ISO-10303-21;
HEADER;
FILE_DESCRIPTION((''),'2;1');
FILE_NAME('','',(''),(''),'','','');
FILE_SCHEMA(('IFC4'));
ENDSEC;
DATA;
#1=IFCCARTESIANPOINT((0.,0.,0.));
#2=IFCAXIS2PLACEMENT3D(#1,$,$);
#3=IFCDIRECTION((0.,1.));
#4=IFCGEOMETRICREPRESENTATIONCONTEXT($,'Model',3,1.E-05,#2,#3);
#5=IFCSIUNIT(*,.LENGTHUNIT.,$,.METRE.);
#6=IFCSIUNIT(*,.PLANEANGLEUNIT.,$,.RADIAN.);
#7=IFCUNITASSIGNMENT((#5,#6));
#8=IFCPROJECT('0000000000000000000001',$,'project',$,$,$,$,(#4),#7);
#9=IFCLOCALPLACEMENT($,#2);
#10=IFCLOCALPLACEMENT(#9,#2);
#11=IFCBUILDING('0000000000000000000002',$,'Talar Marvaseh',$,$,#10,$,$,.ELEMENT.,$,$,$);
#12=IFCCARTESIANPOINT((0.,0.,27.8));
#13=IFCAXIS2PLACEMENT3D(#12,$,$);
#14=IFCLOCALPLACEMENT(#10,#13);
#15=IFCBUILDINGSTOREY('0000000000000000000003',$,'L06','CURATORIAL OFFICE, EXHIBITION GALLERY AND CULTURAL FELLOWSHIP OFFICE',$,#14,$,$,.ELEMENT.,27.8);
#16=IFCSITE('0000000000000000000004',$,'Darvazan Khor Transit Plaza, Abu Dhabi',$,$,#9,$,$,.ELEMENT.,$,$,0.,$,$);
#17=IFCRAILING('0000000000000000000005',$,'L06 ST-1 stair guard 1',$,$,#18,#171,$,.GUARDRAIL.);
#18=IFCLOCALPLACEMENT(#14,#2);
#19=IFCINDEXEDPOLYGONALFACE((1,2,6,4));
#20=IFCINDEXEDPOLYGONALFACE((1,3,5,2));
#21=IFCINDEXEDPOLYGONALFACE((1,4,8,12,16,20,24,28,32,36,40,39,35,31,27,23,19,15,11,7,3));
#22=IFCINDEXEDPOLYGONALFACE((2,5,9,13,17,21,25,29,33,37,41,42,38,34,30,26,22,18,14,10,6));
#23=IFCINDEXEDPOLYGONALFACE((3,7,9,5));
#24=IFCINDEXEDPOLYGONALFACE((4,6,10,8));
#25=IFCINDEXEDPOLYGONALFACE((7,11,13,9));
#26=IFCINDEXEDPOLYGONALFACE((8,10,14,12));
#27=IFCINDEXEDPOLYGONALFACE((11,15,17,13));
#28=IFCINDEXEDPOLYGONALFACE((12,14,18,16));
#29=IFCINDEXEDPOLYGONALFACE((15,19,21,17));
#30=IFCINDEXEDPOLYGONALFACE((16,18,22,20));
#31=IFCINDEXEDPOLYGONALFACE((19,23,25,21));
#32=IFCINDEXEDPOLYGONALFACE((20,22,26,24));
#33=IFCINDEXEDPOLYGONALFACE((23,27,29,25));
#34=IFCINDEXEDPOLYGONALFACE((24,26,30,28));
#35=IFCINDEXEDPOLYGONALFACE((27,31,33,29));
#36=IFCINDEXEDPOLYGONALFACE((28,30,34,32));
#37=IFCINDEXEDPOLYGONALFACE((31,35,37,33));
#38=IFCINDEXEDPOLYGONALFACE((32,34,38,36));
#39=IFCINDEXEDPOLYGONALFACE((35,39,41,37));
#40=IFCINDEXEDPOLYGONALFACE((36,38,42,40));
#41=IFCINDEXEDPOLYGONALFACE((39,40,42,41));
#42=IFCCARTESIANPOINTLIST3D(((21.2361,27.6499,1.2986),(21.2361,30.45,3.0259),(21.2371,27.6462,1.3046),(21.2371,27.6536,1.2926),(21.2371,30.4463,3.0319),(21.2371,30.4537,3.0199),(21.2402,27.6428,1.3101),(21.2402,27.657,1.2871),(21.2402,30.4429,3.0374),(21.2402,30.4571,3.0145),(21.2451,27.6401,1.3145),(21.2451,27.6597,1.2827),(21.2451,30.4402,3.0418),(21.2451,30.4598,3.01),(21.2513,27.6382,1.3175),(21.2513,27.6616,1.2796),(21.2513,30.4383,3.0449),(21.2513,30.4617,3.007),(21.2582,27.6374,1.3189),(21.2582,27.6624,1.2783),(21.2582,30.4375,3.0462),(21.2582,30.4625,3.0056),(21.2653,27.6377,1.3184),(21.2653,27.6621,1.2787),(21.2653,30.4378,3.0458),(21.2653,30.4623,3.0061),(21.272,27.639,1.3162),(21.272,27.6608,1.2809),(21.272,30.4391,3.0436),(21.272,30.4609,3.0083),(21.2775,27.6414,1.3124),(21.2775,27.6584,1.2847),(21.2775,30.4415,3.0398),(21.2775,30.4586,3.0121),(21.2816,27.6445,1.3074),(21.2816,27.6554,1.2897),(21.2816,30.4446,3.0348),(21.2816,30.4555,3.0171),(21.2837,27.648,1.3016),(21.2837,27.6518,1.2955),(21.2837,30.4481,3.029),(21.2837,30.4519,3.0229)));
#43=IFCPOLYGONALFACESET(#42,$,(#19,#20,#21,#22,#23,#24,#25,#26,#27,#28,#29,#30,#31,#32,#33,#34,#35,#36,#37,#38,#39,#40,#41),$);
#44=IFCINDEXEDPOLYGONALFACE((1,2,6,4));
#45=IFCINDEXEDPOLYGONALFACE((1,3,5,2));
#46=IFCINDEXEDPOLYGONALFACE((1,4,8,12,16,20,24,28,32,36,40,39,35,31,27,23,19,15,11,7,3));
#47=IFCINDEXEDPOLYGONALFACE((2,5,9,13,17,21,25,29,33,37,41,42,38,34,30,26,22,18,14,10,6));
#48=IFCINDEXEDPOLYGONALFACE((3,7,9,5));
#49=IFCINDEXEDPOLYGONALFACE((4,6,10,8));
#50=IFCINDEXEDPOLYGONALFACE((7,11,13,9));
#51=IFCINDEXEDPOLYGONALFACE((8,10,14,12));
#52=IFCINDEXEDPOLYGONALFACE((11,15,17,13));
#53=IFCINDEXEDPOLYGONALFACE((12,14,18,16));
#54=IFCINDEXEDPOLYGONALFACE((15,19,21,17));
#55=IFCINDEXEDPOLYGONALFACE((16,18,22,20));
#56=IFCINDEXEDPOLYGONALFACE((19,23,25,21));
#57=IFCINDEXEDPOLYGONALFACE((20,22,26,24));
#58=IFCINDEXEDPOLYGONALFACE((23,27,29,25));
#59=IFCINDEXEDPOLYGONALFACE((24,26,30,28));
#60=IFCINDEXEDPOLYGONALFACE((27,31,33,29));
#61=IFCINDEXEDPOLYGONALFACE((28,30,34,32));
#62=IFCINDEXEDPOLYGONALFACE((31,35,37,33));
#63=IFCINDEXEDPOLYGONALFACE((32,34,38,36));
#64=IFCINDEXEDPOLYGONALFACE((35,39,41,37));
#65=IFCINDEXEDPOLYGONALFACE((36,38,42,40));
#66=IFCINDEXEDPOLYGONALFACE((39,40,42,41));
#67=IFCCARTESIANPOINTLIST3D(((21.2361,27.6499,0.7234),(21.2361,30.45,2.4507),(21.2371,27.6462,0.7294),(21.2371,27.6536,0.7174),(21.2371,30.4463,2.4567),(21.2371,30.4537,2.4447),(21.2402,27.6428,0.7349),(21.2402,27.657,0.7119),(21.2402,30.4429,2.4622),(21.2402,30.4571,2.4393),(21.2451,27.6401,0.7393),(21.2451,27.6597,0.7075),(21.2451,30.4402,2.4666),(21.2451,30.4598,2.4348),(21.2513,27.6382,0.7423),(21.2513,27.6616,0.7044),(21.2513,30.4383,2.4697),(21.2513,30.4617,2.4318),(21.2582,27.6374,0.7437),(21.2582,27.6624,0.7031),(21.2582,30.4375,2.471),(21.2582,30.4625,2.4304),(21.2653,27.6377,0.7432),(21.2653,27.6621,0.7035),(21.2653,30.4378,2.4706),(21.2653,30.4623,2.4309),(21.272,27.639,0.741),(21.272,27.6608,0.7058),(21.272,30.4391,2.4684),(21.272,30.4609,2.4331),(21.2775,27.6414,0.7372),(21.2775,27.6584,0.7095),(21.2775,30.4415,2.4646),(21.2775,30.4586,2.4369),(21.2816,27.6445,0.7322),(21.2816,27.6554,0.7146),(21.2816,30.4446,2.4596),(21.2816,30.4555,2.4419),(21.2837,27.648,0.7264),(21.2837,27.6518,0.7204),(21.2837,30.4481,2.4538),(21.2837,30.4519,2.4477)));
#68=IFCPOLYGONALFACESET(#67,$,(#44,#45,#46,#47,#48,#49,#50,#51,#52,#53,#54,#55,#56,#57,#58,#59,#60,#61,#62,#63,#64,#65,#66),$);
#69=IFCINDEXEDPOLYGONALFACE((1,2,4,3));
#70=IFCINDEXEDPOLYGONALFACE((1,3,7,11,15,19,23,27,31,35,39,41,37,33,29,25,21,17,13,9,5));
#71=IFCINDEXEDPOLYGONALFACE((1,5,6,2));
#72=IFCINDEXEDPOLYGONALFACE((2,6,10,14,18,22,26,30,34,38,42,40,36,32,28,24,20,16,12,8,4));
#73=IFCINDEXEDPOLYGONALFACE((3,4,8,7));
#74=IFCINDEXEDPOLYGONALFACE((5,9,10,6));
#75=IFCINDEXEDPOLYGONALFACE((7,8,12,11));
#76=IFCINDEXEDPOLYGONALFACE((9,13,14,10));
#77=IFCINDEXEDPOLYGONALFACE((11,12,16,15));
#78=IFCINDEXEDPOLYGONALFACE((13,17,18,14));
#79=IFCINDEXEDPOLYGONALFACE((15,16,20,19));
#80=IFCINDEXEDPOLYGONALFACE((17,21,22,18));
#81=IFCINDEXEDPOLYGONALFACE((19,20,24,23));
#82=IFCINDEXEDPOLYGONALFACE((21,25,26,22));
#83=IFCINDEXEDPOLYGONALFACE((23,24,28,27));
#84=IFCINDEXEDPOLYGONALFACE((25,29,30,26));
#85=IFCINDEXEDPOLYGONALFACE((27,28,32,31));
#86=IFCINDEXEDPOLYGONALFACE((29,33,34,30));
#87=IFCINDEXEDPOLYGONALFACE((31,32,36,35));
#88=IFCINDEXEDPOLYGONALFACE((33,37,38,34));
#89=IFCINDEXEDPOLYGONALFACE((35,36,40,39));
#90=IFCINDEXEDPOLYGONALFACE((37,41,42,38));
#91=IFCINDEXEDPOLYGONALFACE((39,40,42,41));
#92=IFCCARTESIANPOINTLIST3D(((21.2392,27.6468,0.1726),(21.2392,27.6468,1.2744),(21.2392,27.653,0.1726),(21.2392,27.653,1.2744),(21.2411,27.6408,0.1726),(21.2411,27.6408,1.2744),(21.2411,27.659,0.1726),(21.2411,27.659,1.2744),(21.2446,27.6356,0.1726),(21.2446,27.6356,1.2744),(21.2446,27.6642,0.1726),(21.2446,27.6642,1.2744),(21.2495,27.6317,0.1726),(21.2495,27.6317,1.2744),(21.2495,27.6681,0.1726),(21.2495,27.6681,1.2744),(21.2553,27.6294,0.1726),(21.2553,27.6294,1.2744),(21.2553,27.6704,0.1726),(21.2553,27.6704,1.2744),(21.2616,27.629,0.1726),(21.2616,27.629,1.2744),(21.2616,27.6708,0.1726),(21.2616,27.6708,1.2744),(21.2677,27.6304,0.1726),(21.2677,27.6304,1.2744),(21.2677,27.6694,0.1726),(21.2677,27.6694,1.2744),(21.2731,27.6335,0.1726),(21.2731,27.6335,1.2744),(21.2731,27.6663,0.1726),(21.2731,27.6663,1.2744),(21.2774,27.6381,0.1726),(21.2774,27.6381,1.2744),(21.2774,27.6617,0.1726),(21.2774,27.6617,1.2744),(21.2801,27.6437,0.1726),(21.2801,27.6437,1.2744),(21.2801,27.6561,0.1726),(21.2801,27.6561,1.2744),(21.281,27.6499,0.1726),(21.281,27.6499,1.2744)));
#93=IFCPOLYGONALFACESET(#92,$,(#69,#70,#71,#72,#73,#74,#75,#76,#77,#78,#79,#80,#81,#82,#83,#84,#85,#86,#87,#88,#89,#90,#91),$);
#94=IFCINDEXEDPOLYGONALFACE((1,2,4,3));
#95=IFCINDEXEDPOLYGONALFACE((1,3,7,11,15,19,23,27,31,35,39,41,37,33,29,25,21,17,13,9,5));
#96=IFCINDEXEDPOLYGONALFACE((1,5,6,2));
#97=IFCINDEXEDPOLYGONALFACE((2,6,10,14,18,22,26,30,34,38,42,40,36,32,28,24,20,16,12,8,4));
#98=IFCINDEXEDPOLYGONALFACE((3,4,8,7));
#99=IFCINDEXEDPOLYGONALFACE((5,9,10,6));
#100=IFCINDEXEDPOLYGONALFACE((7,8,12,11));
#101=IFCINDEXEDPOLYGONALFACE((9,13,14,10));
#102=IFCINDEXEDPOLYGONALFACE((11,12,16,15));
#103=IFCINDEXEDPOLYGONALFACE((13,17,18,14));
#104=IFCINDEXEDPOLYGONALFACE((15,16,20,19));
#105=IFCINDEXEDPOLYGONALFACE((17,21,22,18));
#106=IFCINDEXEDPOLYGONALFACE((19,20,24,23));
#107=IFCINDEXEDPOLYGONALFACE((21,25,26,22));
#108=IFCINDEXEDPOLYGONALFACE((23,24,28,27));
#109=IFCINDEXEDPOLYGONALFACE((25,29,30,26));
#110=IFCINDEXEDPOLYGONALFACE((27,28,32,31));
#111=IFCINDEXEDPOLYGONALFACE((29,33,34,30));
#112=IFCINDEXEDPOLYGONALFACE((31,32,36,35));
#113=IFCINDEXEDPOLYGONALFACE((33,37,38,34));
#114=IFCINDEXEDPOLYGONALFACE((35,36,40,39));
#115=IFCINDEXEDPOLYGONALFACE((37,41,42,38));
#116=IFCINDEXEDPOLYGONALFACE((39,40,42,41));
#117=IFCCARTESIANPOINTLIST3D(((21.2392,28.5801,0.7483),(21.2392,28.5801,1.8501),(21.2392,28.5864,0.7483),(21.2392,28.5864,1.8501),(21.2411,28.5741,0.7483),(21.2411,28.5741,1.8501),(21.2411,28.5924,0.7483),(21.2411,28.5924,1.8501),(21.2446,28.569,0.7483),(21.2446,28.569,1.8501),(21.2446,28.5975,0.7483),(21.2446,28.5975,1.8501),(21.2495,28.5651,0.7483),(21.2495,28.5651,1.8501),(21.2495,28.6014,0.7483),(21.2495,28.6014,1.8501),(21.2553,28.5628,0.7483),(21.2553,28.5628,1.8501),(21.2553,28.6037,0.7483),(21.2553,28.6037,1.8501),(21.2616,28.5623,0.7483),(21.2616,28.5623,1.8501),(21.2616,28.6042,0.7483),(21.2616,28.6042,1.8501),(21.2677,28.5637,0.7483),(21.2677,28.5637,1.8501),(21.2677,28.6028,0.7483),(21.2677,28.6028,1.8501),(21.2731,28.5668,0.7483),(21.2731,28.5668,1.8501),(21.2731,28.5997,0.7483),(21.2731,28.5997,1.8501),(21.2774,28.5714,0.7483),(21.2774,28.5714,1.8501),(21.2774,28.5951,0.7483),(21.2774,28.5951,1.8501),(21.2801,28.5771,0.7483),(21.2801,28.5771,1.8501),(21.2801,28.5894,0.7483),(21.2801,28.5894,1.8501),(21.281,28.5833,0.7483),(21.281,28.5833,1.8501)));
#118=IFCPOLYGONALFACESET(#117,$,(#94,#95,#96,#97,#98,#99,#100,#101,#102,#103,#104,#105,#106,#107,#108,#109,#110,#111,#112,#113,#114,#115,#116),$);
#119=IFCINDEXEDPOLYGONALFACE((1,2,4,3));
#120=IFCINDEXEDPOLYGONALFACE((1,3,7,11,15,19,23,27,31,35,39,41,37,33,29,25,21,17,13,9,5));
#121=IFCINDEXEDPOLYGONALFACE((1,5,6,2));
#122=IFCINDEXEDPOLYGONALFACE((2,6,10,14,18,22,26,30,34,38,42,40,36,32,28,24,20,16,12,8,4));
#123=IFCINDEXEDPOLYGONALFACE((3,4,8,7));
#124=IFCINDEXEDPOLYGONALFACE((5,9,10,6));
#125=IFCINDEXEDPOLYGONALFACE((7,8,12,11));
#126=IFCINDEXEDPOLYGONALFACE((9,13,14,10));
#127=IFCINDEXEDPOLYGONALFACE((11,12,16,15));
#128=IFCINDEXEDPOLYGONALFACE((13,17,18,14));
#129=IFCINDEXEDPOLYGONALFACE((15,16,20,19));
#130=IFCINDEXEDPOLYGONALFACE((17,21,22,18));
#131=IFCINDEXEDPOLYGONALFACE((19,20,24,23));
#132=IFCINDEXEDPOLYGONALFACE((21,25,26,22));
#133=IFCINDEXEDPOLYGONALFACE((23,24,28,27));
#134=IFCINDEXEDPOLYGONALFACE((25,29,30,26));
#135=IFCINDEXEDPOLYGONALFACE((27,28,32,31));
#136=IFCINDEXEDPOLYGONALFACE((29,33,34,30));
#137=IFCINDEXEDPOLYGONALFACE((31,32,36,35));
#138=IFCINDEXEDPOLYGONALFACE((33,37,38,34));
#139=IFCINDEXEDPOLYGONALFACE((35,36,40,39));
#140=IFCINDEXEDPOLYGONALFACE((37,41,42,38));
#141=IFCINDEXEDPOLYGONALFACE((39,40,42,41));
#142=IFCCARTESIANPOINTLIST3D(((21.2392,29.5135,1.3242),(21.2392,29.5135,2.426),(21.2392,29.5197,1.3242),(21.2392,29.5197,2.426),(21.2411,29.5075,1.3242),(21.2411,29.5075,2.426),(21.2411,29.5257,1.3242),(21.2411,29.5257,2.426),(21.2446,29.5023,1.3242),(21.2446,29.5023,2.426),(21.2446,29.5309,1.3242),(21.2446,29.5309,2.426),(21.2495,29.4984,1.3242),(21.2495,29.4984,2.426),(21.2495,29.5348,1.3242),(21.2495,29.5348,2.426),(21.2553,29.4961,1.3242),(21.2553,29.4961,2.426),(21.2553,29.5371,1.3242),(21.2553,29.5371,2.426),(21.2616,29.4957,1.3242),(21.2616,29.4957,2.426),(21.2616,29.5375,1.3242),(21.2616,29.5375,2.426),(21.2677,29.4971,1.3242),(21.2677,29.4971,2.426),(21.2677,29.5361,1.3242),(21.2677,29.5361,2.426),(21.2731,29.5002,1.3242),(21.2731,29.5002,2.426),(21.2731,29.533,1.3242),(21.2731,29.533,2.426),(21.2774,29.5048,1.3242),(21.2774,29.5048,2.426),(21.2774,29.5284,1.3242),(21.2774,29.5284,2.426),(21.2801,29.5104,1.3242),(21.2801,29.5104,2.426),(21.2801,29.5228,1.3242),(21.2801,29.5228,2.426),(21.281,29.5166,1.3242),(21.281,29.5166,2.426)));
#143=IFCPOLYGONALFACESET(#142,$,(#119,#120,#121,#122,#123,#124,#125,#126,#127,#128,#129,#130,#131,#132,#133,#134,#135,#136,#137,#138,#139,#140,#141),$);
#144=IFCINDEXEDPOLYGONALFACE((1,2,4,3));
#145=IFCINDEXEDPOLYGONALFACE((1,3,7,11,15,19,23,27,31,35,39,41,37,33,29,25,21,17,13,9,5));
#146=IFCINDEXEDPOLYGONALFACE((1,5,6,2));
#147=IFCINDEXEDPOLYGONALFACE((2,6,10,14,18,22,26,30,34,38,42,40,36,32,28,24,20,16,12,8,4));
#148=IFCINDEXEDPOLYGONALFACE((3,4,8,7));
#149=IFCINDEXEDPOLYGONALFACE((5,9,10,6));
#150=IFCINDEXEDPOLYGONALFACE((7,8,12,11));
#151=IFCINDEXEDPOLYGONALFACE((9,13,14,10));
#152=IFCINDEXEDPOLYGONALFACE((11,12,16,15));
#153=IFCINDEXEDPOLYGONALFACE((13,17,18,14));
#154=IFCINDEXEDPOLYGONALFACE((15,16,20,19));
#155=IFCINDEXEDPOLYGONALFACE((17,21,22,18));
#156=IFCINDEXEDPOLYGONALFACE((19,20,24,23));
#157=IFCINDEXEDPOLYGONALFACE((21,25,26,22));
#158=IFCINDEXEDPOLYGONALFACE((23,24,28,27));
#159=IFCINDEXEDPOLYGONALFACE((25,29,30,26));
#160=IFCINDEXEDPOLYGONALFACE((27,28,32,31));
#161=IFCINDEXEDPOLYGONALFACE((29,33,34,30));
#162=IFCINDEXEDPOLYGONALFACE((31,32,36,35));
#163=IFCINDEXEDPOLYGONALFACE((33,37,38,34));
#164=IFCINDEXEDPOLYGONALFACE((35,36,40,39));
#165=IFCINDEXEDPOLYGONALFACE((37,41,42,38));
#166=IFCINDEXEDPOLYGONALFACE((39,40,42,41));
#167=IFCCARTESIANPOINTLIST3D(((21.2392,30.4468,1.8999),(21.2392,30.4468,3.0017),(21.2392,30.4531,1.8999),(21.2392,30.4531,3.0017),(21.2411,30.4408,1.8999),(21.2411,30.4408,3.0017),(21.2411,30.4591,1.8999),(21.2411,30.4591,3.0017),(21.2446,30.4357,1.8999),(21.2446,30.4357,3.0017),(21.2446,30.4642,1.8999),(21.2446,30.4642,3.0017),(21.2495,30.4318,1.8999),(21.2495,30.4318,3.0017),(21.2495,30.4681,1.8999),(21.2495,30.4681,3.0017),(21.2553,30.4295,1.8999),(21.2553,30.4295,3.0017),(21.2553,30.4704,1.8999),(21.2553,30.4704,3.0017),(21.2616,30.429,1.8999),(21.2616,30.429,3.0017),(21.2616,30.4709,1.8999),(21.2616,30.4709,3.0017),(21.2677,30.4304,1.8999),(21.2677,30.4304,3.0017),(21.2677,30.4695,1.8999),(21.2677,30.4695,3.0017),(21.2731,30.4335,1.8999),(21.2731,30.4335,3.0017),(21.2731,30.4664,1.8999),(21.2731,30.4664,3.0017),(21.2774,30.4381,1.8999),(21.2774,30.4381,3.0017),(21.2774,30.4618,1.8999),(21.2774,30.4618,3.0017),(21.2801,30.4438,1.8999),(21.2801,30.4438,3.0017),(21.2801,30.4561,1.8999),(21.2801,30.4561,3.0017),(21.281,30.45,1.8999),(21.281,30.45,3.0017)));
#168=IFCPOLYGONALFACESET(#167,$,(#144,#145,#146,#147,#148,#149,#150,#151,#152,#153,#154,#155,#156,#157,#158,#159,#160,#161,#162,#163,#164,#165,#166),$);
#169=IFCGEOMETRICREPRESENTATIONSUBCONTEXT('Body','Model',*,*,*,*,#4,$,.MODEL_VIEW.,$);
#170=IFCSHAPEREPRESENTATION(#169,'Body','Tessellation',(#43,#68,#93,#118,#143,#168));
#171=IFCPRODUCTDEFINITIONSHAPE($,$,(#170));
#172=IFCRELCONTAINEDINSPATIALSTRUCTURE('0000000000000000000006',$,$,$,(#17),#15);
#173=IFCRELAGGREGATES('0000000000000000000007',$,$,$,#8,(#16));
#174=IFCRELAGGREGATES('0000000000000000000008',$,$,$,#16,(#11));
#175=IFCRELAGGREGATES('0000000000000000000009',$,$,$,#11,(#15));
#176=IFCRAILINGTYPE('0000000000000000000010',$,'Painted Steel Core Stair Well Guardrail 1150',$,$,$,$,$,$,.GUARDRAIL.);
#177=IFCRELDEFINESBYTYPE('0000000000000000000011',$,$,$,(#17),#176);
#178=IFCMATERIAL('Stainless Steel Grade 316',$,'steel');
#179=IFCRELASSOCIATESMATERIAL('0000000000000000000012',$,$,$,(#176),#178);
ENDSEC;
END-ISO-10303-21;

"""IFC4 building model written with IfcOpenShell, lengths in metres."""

from ifc_helpers import new_model, si_unit, direction, frame, origin, origin_2d, place, context, subcontext, project, spatial, circle, extrude, material, type_object, element, save


model = new_model("IFC4")

# Units and contexts
model_context = context("Model", 3, precision=1e-05, world=origin(), true_north=direction((0.0, 1.0)))
body_context = subcontext(model_context, "Body", "Model", "MODEL_VIEW")
ifc_project = project(units=[si_unit("LENGTHUNIT", "METRE"), si_unit("PLANEANGLEUNIT", "RADIAN")], contexts=[model_context])

# Site, building, storey
site_placement = place(None, origin())
site = spatial("IfcSite", under=ifc_project, at=site_placement, Name="Darvazan Khor Transit Plaza, Abu Dhabi", CompositionType="ELEMENT", RefElevation=0.0)
building_placement = place(site_placement, origin())
building = spatial("IfcBuilding", under=site, at=building_placement, Name="Talar Marvaseh", CompositionType="ELEMENT")
storey_placement = place(building_placement, frame((0.0, 0.0, 27.8)))
storey = spatial("IfcBuildingStorey", under=building, at=storey_placement, Name="L06", Description="CURATORIAL OFFICE, EXHIBITION GALLERY AND CULTURAL FELLOWSHIP OFFICE", CompositionType="ELEMENT", Elevation=27.8)

# Railing
ifc_material_1 = material(Name="Stainless Steel Grade 316", Category="steel")
railing_type_1 = type_object("IfcRailingType", Name="Painted Steel Core Stair Well Guardrail 1150", PredefinedType="GUARDRAIL", material=ifc_material_1)
railing_1_placement = place(storey_placement, frame((21.26, 27.6499, 0.1726)))
element("IfcRailing", 1, at=railing_1_placement, inside=storey, type_object=railing_type_1, Name="L06 ST-1 stair guard 1", PredefinedType="GUARDRAIL", context=body_context, shape_type="SweptSolid", body=[
    extrude(circle(Radius=0.0239, at=origin_2d()), frame((0.0, 0.0, 1.126), z_axis=(0.0, 0.85109, 0.52502), x_axis=(-1.0, 0.0, 0.0)), (0.0, 0.0, 1.0), 3.29),
    extrude(circle(Radius=0.0239, at=origin_2d()), frame((0.0, 0.0, 0.5508), z_axis=(0.0, 0.85109, 0.52502), x_axis=(-1.0, 0.0, 0.0)), (0.0, 0.0, 1.0), 3.29),
    extrude(circle(Radius=0.021, at=origin_2d()), origin(), (0.0, 0.0, 1.0), 1.1018),
    extrude(circle(Radius=0.021, at=origin_2d()), frame((0.0, 0.9333, 0.5757)), (0.0, 0.0, 1.0), 1.1018),
    extrude(circle(Radius=0.021, at=origin_2d()), frame((0.0, 1.8667, 1.1516)), (0.0, 0.0, 1.0), 1.1018),
    extrude(circle(Radius=0.021, at=origin_2d()), frame((0.0, 2.8, 1.7273)), (0.0, 0.0, 1.0), 1.1018),
])

save(model, "model.ifc")
